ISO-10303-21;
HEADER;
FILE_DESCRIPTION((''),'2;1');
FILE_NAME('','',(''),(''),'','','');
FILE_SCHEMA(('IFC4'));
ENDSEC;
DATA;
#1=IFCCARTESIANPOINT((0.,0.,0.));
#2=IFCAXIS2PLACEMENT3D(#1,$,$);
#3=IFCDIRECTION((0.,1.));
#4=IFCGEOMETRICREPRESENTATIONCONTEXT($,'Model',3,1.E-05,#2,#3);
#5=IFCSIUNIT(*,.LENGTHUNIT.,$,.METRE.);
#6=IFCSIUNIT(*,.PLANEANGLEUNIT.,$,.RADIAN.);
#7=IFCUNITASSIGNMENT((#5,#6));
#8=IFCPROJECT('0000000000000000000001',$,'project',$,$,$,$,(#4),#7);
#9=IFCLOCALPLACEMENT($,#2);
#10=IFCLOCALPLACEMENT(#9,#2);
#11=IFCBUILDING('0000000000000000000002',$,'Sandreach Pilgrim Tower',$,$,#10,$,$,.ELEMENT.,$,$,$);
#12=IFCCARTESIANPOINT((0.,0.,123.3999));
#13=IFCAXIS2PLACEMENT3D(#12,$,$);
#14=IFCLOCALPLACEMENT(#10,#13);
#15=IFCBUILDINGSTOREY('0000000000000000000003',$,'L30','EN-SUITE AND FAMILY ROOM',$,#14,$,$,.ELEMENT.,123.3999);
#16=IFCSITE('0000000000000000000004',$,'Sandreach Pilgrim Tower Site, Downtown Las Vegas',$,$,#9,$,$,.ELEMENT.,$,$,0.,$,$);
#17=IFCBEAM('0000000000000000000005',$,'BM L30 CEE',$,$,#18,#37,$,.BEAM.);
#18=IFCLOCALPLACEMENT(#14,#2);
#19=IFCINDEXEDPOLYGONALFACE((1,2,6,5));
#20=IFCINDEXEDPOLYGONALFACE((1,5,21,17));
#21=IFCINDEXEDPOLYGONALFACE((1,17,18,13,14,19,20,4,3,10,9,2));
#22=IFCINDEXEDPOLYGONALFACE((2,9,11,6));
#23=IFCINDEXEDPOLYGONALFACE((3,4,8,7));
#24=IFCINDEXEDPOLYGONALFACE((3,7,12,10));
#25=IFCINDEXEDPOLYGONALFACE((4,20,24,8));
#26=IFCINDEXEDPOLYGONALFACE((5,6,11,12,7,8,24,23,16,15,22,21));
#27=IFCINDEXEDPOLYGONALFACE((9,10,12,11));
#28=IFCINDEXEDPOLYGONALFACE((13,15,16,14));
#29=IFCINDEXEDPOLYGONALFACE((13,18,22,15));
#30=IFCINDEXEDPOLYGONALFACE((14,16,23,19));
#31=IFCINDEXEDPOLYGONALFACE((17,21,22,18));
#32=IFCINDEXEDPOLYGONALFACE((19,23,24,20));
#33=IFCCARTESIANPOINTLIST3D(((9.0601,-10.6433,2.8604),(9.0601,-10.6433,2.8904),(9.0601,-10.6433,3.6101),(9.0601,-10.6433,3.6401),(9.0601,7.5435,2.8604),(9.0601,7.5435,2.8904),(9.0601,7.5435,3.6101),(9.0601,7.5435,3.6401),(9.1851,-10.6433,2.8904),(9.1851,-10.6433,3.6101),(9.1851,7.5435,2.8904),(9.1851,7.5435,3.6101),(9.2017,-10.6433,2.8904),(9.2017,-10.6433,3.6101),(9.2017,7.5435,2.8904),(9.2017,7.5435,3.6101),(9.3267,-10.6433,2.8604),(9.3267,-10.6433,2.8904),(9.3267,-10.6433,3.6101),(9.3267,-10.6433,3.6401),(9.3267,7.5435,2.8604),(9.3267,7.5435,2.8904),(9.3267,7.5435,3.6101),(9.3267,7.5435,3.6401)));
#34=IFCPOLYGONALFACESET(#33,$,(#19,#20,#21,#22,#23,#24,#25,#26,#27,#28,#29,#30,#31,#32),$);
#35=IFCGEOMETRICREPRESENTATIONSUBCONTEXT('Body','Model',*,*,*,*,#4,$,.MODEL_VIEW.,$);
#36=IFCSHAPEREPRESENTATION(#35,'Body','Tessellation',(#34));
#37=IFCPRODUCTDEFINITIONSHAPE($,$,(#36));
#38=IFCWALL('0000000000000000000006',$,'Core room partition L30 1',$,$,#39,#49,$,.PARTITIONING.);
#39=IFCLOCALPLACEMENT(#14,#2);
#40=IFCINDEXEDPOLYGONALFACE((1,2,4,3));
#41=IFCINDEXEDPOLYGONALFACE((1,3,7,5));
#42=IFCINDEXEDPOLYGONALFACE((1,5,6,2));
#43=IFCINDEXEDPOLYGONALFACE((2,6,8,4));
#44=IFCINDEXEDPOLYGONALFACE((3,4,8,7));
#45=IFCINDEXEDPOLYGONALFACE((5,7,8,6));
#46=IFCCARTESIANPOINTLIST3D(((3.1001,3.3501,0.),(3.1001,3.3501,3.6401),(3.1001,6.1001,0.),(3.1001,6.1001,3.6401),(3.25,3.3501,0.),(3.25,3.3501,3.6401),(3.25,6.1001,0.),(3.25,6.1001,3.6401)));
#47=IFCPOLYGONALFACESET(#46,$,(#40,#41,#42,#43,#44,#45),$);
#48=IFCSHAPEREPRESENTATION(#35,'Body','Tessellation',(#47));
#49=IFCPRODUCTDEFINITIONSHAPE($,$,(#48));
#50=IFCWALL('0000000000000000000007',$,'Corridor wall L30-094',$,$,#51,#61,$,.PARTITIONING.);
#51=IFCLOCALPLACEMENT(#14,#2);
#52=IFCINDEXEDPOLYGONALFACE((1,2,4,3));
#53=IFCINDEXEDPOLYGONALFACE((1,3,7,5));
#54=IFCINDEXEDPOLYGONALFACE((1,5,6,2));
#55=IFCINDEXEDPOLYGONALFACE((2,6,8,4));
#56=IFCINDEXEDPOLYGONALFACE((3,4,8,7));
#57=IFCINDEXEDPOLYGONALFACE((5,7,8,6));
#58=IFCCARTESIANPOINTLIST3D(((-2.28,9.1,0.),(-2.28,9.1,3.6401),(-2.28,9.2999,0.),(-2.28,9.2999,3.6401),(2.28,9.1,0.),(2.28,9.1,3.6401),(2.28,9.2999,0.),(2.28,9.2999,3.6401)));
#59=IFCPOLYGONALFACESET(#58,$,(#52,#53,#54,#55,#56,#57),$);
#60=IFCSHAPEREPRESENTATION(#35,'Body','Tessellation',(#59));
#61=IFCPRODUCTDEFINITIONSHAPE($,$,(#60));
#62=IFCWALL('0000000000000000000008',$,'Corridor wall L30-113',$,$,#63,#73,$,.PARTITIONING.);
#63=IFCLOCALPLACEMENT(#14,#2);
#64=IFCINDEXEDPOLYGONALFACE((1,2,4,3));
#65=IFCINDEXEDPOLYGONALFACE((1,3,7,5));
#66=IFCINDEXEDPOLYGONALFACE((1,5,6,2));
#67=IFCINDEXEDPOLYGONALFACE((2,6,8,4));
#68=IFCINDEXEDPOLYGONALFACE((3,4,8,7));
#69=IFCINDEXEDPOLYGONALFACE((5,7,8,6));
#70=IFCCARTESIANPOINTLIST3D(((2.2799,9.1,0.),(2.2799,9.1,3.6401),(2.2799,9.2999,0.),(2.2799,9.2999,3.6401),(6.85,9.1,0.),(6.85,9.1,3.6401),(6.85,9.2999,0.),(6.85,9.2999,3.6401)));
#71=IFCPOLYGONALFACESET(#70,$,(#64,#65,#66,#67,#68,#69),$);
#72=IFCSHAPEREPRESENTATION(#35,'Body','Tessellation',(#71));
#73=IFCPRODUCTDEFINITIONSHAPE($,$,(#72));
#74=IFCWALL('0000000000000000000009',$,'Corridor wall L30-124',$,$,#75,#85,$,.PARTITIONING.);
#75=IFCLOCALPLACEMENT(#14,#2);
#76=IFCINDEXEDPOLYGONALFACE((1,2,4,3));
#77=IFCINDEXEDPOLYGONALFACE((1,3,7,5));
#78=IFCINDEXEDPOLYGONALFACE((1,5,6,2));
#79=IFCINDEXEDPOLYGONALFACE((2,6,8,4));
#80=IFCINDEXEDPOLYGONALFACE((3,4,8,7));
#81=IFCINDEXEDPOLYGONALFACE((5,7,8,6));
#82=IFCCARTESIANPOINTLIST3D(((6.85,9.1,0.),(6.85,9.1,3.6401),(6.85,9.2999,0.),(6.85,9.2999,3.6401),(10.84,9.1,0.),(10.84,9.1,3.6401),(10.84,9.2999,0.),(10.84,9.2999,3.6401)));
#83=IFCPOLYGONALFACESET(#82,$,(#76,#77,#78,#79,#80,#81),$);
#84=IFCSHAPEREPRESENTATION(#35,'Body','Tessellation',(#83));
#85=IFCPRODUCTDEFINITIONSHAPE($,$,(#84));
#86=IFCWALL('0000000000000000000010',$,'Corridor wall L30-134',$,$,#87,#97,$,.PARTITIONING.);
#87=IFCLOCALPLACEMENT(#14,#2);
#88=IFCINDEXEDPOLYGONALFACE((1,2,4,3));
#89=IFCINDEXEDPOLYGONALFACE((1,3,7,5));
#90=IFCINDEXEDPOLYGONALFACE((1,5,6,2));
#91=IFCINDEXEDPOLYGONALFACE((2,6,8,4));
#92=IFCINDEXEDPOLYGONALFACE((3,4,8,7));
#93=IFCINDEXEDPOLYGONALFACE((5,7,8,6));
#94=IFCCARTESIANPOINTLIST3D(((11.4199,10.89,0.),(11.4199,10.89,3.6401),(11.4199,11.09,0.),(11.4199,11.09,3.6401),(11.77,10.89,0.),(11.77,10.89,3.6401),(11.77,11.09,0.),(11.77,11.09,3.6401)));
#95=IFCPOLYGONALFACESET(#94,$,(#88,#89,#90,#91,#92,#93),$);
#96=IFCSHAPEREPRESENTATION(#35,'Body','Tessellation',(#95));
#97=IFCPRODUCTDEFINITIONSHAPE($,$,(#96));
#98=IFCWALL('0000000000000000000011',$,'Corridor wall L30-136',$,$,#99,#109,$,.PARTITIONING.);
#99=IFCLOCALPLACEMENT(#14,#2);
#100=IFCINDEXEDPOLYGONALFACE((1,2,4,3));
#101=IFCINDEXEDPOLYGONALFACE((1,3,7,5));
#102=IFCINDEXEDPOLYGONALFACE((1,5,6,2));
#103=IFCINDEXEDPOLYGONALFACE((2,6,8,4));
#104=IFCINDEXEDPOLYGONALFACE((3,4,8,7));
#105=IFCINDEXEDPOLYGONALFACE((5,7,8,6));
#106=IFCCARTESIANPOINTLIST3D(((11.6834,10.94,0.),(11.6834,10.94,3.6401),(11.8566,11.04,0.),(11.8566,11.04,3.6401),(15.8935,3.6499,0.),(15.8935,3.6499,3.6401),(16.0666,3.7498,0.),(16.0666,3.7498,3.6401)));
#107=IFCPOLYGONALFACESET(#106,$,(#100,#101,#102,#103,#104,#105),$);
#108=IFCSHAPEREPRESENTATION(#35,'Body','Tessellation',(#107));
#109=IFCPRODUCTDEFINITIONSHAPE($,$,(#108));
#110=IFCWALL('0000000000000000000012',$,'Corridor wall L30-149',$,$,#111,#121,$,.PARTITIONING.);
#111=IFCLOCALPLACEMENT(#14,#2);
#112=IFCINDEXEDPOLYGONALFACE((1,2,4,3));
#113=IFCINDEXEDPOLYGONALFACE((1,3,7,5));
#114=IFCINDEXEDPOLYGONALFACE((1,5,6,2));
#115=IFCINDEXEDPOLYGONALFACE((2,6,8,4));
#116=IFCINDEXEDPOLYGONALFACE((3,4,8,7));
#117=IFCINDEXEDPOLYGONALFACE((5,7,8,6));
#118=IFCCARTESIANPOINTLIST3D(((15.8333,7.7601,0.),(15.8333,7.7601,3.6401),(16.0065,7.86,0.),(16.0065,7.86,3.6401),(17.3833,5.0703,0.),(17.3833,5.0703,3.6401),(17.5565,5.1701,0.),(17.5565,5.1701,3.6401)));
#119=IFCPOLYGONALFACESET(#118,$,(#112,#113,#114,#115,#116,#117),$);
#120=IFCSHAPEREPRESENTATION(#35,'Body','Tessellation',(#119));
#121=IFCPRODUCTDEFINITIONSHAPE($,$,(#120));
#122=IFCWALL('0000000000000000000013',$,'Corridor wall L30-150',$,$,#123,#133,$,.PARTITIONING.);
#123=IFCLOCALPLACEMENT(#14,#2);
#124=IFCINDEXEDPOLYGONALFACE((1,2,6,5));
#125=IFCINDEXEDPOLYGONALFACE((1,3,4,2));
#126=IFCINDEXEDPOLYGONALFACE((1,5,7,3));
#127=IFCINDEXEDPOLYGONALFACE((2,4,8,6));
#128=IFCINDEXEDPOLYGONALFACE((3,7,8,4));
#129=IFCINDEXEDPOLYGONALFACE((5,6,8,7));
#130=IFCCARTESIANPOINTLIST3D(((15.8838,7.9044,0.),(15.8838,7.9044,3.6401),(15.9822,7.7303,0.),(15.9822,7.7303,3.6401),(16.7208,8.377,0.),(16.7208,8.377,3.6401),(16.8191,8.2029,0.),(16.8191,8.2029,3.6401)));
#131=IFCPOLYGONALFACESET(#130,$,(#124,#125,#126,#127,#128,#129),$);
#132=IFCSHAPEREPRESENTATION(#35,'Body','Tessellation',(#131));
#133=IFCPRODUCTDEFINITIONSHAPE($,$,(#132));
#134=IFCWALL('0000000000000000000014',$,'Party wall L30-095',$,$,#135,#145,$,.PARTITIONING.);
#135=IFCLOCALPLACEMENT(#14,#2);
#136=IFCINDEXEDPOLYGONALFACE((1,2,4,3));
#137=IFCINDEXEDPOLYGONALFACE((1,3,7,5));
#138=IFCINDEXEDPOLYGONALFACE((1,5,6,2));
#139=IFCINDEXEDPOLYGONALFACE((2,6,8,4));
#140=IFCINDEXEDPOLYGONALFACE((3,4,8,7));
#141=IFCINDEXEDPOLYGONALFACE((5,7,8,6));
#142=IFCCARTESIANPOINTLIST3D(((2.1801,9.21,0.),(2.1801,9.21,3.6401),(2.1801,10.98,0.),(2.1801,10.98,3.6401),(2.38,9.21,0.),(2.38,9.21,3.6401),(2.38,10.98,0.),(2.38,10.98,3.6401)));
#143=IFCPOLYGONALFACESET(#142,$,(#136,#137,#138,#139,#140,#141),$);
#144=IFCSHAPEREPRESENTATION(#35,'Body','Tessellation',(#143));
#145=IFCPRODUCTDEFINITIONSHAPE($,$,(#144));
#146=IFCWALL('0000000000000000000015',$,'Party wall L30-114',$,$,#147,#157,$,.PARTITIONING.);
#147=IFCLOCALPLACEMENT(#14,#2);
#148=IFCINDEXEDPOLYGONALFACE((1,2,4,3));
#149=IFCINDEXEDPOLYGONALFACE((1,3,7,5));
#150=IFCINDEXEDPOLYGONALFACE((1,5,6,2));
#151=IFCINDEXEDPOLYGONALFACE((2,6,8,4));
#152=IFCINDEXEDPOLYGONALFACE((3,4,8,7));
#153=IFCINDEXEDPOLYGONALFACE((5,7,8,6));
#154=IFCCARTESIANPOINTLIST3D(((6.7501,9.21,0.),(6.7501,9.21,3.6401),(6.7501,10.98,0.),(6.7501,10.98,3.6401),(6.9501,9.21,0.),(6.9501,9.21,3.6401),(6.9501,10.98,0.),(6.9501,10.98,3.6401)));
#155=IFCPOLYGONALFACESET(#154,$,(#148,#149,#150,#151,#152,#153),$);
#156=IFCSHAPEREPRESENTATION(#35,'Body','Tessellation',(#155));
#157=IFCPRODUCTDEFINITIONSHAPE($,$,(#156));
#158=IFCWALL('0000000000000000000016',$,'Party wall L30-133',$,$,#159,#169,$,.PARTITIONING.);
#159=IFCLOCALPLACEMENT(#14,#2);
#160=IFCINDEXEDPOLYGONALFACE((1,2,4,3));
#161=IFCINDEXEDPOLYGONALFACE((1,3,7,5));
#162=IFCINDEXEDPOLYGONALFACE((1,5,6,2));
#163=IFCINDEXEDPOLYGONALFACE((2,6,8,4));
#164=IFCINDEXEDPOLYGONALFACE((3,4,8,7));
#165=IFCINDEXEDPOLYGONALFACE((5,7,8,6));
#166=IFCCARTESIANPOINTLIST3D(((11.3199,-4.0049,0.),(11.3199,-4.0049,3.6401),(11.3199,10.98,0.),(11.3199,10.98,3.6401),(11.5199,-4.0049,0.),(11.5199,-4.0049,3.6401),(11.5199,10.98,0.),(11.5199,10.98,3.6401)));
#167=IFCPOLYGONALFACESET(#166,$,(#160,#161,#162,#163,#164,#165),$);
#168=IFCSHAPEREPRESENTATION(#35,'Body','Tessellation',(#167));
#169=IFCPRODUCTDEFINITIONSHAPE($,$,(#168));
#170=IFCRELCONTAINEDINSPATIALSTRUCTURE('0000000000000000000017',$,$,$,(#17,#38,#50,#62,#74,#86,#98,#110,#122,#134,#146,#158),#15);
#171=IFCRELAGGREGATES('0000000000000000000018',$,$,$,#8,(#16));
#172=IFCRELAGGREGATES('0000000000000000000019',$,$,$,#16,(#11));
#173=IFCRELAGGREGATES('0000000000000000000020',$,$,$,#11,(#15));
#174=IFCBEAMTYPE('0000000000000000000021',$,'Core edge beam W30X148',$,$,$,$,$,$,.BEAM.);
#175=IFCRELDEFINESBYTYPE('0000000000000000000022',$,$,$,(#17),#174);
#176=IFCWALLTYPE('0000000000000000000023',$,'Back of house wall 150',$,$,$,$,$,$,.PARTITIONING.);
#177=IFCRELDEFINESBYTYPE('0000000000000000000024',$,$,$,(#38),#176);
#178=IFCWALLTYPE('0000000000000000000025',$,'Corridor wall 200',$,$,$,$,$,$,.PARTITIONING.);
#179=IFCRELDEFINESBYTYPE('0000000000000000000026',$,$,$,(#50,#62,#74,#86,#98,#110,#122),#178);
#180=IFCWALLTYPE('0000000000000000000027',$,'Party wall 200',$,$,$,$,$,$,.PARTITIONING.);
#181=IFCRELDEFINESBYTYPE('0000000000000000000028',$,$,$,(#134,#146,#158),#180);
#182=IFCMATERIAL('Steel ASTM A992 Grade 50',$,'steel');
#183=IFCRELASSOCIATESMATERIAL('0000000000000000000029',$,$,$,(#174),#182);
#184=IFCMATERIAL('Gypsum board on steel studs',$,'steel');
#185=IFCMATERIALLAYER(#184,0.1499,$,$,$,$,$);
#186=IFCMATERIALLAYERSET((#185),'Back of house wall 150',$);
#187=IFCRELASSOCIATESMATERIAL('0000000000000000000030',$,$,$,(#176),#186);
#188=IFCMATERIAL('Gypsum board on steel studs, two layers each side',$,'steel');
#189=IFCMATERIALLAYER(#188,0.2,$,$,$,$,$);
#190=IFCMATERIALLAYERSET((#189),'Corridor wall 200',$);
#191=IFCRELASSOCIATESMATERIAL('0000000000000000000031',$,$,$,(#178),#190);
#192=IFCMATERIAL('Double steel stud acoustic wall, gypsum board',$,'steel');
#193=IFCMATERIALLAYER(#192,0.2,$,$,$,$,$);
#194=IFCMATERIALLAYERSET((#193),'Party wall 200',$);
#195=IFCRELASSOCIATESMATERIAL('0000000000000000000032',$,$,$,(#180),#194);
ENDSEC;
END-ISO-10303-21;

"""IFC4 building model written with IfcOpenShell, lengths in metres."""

from ifc_helpers import new_model, si_unit, direction, frame, frame_2d, origin, origin_2d, place, context, subcontext, project, spatial, rectangle, i_section, extrude, material, layer, layer_set, material_profile, profile_set, type_object, element, save


model = new_model("IFC4")

# Units and contexts
model_context = context("Model", 3, precision=1e-05, world=origin(), true_north=direction((0.0, 1.0)))
body_context = subcontext(model_context, "Body", "Model", "MODEL_VIEW")
ifc_project = project(units=[si_unit("LENGTHUNIT", "METRE"), si_unit("PLANEANGLEUNIT", "RADIAN")], contexts=[model_context])

# Site, building, storey
site_placement = place(None, origin())
site = spatial("IfcSite", under=ifc_project, at=site_placement, Name="Sandreach Pilgrim Tower Site, Downtown Las Vegas", CompositionType="ELEMENT", RefElevation=0.0)
building_placement = place(site_placement, origin())
building = spatial("IfcBuilding", under=site, at=building_placement, Name="Sandreach Pilgrim Tower", CompositionType="ELEMENT")
storey_placement = place(building_placement, frame((0.0, 0.0, 123.3999)))
storey = spatial("IfcBuildingStorey", under=building, at=storey_placement, Name="L30", Description="EN-SUITE AND FAMILY ROOM", CompositionType="ELEMENT", Elevation=123.3999)

# Beam
ifc_material_1 = material(Name="Steel ASTM A992 Grade 50", Category="steel")
ifc_material_profile = material_profile(ifc_material_1, i_section(OverallWidth=0.2666, OverallDepth=0.7798, WebThickness=0.0166, FlangeThickness=0.03, at=origin_2d()), Name="W30X148")
ifc_profile_set = profile_set([ifc_material_profile], Name="Steel ASTM A992 Grade 50")
beam_type = type_object("IfcBeamType", Name="Core edge beam W30X148", PredefinedType="BEAM", material=ifc_profile_set)
beam_placement = place(storey_placement, frame((9.1934, 7.5435, 3.2502), z_axis=(0.0, -1.0, 0.0), x_axis=(1.0, 0.0, 0.0)))
element("IfcBeam", 1, at=beam_placement, inside=storey, type_object=beam_type, Name="BM L30 CEE", PredefinedType="BEAM", context=body_context, shape_type="SweptSolid", body=[
    extrude(i_section(OverallWidth=0.2666, OverallDepth=0.7798, WebThickness=0.0166, FlangeThickness=0.03, at=origin_2d()), origin(), (0.0, 0.0, 1.0), 18.1868),
])

# Wall
ifc_material_2 = material(Name="Gypsum board on steel studs", Category="steel")
ifc_layer_1 = layer(ifc_material_2, 0.1499)
ifc_layer_set_1 = layer_set([ifc_layer_1], Name="Back of house wall 150")
wall_type_1 = type_object("IfcWallType", Name="Back of house wall 150", PredefinedType="PARTITIONING", material=ifc_layer_set_1)
wall_1_placement = place(storey_placement, frame((3.175, 3.3501, 0.0), z_axis=(0.0, 0.0, 1.0), x_axis=(0.0, 1.0, 0.0)))
element("IfcWall", 2, at=wall_1_placement, inside=storey, type_object=wall_type_1, Name="Core room partition L30 1", PredefinedType="PARTITIONING", context=body_context, shape_type="SweptSolid", body=[
    extrude(rectangle(XDim=2.75, YDim=0.1499, at=frame_2d((1.375, 0.0))), origin(), (0.0, 0.0, 1.0), 3.6401),
])

# Wall
ifc_material_3 = material(Name="Gypsum board on steel studs, two layers each side", Category="steel")
ifc_layer_2 = layer(ifc_material_3, 0.2)
ifc_layer_set_2 = layer_set([ifc_layer_2], Name="Corridor wall 200")
wall_type_2 = type_object("IfcWallType", Name="Corridor wall 200", PredefinedType="PARTITIONING", material=ifc_layer_set_2)
wall_2_placement = place(storey_placement, frame((2.28, 9.2, 0.0), z_axis=(0.0, 0.0, 1.0), x_axis=(-1.0, 0.0, 0.0)))
element("IfcWall", 3, at=wall_2_placement, inside=storey, type_object=wall_type_2, Name="Corridor wall L30-094", PredefinedType="PARTITIONING", context=body_context, shape_type="SweptSolid", body=[
    extrude(rectangle(XDim=4.5601, YDim=0.2, at=frame_2d((2.28, 0.0))), origin(), (0.0, 0.0, 1.0), 3.6401),
])

# Wall
wall_3_placement = place(storey_placement, frame((6.8501, 9.2, 0.0), z_axis=(0.0, 0.0, 1.0), x_axis=(-1.0, 0.0, 0.0)))
element("IfcWall", 4, at=wall_3_placement, inside=storey, type_object=wall_type_2, Name="Corridor wall L30-113", PredefinedType="PARTITIONING", context=body_context, shape_type="SweptSolid", body=[
    extrude(rectangle(XDim=4.5701, YDim=0.2, at=frame_2d((2.2852, 0.0))), origin(), (0.0, 0.0, 1.0), 3.6401),
])

# Walls
wall_4_placement = place(storey_placement, frame((10.8401, 9.2, 0.0), z_axis=(0.0, 0.0, 1.0), x_axis=(-1.0, 0.0, 0.0)))
element("IfcWall", 5, at=wall_4_placement, inside=storey, type_object=wall_type_2, Name="Corridor wall L30-124", PredefinedType="PARTITIONING", context=body_context, shape_type="SweptSolid", body=[
    extrude(rectangle(XDim=3.99, YDim=0.2, at=frame_2d((1.9951, 0.0))), origin(), (0.0, 0.0, 1.0), 3.6401),
])
wall_5_placement = place(storey_placement, frame((11.4199, 10.99, 0.0), z_axis=(0.0, 0.0, 1.0), x_axis=(1.0, 0.0, 0.0)))
element("IfcWall", 6, at=wall_5_placement, inside=storey, type_object=wall_type_2, Name="Corridor wall L30-134", PredefinedType="PARTITIONING", context=body_context, shape_type="SweptSolid", body=[
    extrude(rectangle(XDim=0.3501, YDim=0.2, at=frame_2d((0.175, 0.0))), origin(), (0.0, 0.0, 1.0), 3.6401),
])
wall_6_placement = place(storey_placement, frame((11.77, 10.99, 0.0), z_axis=(0.0, 0.0, 1.0), x_axis=(0.500094, -0.865971, 0.0)))
element("IfcWall", 7, at=wall_6_placement, inside=storey, type_object=wall_type_2, Name="Corridor wall L30-136", PredefinedType="PARTITIONING", context=body_context, shape_type="SweptSolid", body=[
    extrude(rectangle(XDim=8.4185, YDim=0.2, at=frame_2d((4.2092, 0.0))), origin(), (0.0, 0.0, 1.0), 3.6401),
])
wall_7_placement = place(storey_placement, frame((15.9199, 7.8101, 0.0), z_axis=(0.0, 0.0, 1.0), x_axis=(0.499278, -0.866442, 0.0)))
element("IfcWall", 8, at=wall_7_placement, inside=storey, type_object=wall_type_2, Name="Corridor wall L30-149", PredefinedType="PARTITIONING", context=body_context, shape_type="SweptSolid", body=[
    extrude(rectangle(XDim=3.1045, YDim=0.2, at=frame_2d((1.5522, 0.0))), origin(), (0.0, 0.0, 1.0), 3.6401),
])
wall_8_placement = place(storey_placement, frame((15.9331, 7.8174, 0.0), z_axis=(0.0, 0.0, 1.0), x_axis=(0.870733, 0.491756, 0.0)))
element("IfcWall", 9, at=wall_8_placement, inside=storey, type_object=wall_type_2, Name="Corridor wall L30-150", PredefinedType="PARTITIONING", context=body_context, shape_type="SweptSolid", body=[
    extrude(rectangle(XDim=0.9612, YDim=0.2, at=frame_2d((0.4805, 0.0))), origin(), (0.0, 0.0, 1.0), 3.6401),
])

# Walls
ifc_material_4 = material(Name="Double steel stud acoustic wall, gypsum board", Category="steel")
ifc_layer_3 = layer(ifc_material_4, 0.2)
ifc_layer_set_3 = layer_set([ifc_layer_3], Name="Party wall 200")
wall_type_3 = type_object("IfcWallType", Name="Party wall 200", PredefinedType="PARTITIONING", material=ifc_layer_set_3)
for number, where, z_axis, x_axis, name in (
    (10, (2.28, 10.98, 0.0), (0.0, 0.0, 1.0), (0.0, -1.0, 0.0), "Party wall L30-095"),
    (11, (6.8501, 10.98, 0.0), (0.0, 0.0, 1.0), (0.0, -1.0, 0.0), "Party wall L30-114"),
):
    element("IfcWall", number, at=place(storey_placement, frame(where, z_axis=z_axis, x_axis=x_axis)), inside=storey, type_object=wall_type_3, Name=name, PredefinedType="PARTITIONING", context=body_context, shape_type="SweptSolid", body=[
        extrude(rectangle(XDim=1.77, YDim=0.2, at=frame_2d((0.885, 0.0))), origin(), (0.0, 0.0, 1.0), 3.6401),
    ])
wall_9_placement = place(storey_placement, frame((11.4199, 10.98, 0.0), z_axis=(0.0, 0.0, 1.0), x_axis=(0.0, -1.0, 0.0)))
element("IfcWall", 12, at=wall_9_placement, inside=storey, type_object=wall_type_3, Name="Party wall L30-133", PredefinedType="PARTITIONING", context=body_context, shape_type="SweptSolid", body=[
    extrude(rectangle(XDim=14.9849, YDim=0.2, at=frame_2d((7.4924, 0.0))), origin(), (0.0, 0.0, 1.0), 3.6401),
])

save(model, "model.ifc")
